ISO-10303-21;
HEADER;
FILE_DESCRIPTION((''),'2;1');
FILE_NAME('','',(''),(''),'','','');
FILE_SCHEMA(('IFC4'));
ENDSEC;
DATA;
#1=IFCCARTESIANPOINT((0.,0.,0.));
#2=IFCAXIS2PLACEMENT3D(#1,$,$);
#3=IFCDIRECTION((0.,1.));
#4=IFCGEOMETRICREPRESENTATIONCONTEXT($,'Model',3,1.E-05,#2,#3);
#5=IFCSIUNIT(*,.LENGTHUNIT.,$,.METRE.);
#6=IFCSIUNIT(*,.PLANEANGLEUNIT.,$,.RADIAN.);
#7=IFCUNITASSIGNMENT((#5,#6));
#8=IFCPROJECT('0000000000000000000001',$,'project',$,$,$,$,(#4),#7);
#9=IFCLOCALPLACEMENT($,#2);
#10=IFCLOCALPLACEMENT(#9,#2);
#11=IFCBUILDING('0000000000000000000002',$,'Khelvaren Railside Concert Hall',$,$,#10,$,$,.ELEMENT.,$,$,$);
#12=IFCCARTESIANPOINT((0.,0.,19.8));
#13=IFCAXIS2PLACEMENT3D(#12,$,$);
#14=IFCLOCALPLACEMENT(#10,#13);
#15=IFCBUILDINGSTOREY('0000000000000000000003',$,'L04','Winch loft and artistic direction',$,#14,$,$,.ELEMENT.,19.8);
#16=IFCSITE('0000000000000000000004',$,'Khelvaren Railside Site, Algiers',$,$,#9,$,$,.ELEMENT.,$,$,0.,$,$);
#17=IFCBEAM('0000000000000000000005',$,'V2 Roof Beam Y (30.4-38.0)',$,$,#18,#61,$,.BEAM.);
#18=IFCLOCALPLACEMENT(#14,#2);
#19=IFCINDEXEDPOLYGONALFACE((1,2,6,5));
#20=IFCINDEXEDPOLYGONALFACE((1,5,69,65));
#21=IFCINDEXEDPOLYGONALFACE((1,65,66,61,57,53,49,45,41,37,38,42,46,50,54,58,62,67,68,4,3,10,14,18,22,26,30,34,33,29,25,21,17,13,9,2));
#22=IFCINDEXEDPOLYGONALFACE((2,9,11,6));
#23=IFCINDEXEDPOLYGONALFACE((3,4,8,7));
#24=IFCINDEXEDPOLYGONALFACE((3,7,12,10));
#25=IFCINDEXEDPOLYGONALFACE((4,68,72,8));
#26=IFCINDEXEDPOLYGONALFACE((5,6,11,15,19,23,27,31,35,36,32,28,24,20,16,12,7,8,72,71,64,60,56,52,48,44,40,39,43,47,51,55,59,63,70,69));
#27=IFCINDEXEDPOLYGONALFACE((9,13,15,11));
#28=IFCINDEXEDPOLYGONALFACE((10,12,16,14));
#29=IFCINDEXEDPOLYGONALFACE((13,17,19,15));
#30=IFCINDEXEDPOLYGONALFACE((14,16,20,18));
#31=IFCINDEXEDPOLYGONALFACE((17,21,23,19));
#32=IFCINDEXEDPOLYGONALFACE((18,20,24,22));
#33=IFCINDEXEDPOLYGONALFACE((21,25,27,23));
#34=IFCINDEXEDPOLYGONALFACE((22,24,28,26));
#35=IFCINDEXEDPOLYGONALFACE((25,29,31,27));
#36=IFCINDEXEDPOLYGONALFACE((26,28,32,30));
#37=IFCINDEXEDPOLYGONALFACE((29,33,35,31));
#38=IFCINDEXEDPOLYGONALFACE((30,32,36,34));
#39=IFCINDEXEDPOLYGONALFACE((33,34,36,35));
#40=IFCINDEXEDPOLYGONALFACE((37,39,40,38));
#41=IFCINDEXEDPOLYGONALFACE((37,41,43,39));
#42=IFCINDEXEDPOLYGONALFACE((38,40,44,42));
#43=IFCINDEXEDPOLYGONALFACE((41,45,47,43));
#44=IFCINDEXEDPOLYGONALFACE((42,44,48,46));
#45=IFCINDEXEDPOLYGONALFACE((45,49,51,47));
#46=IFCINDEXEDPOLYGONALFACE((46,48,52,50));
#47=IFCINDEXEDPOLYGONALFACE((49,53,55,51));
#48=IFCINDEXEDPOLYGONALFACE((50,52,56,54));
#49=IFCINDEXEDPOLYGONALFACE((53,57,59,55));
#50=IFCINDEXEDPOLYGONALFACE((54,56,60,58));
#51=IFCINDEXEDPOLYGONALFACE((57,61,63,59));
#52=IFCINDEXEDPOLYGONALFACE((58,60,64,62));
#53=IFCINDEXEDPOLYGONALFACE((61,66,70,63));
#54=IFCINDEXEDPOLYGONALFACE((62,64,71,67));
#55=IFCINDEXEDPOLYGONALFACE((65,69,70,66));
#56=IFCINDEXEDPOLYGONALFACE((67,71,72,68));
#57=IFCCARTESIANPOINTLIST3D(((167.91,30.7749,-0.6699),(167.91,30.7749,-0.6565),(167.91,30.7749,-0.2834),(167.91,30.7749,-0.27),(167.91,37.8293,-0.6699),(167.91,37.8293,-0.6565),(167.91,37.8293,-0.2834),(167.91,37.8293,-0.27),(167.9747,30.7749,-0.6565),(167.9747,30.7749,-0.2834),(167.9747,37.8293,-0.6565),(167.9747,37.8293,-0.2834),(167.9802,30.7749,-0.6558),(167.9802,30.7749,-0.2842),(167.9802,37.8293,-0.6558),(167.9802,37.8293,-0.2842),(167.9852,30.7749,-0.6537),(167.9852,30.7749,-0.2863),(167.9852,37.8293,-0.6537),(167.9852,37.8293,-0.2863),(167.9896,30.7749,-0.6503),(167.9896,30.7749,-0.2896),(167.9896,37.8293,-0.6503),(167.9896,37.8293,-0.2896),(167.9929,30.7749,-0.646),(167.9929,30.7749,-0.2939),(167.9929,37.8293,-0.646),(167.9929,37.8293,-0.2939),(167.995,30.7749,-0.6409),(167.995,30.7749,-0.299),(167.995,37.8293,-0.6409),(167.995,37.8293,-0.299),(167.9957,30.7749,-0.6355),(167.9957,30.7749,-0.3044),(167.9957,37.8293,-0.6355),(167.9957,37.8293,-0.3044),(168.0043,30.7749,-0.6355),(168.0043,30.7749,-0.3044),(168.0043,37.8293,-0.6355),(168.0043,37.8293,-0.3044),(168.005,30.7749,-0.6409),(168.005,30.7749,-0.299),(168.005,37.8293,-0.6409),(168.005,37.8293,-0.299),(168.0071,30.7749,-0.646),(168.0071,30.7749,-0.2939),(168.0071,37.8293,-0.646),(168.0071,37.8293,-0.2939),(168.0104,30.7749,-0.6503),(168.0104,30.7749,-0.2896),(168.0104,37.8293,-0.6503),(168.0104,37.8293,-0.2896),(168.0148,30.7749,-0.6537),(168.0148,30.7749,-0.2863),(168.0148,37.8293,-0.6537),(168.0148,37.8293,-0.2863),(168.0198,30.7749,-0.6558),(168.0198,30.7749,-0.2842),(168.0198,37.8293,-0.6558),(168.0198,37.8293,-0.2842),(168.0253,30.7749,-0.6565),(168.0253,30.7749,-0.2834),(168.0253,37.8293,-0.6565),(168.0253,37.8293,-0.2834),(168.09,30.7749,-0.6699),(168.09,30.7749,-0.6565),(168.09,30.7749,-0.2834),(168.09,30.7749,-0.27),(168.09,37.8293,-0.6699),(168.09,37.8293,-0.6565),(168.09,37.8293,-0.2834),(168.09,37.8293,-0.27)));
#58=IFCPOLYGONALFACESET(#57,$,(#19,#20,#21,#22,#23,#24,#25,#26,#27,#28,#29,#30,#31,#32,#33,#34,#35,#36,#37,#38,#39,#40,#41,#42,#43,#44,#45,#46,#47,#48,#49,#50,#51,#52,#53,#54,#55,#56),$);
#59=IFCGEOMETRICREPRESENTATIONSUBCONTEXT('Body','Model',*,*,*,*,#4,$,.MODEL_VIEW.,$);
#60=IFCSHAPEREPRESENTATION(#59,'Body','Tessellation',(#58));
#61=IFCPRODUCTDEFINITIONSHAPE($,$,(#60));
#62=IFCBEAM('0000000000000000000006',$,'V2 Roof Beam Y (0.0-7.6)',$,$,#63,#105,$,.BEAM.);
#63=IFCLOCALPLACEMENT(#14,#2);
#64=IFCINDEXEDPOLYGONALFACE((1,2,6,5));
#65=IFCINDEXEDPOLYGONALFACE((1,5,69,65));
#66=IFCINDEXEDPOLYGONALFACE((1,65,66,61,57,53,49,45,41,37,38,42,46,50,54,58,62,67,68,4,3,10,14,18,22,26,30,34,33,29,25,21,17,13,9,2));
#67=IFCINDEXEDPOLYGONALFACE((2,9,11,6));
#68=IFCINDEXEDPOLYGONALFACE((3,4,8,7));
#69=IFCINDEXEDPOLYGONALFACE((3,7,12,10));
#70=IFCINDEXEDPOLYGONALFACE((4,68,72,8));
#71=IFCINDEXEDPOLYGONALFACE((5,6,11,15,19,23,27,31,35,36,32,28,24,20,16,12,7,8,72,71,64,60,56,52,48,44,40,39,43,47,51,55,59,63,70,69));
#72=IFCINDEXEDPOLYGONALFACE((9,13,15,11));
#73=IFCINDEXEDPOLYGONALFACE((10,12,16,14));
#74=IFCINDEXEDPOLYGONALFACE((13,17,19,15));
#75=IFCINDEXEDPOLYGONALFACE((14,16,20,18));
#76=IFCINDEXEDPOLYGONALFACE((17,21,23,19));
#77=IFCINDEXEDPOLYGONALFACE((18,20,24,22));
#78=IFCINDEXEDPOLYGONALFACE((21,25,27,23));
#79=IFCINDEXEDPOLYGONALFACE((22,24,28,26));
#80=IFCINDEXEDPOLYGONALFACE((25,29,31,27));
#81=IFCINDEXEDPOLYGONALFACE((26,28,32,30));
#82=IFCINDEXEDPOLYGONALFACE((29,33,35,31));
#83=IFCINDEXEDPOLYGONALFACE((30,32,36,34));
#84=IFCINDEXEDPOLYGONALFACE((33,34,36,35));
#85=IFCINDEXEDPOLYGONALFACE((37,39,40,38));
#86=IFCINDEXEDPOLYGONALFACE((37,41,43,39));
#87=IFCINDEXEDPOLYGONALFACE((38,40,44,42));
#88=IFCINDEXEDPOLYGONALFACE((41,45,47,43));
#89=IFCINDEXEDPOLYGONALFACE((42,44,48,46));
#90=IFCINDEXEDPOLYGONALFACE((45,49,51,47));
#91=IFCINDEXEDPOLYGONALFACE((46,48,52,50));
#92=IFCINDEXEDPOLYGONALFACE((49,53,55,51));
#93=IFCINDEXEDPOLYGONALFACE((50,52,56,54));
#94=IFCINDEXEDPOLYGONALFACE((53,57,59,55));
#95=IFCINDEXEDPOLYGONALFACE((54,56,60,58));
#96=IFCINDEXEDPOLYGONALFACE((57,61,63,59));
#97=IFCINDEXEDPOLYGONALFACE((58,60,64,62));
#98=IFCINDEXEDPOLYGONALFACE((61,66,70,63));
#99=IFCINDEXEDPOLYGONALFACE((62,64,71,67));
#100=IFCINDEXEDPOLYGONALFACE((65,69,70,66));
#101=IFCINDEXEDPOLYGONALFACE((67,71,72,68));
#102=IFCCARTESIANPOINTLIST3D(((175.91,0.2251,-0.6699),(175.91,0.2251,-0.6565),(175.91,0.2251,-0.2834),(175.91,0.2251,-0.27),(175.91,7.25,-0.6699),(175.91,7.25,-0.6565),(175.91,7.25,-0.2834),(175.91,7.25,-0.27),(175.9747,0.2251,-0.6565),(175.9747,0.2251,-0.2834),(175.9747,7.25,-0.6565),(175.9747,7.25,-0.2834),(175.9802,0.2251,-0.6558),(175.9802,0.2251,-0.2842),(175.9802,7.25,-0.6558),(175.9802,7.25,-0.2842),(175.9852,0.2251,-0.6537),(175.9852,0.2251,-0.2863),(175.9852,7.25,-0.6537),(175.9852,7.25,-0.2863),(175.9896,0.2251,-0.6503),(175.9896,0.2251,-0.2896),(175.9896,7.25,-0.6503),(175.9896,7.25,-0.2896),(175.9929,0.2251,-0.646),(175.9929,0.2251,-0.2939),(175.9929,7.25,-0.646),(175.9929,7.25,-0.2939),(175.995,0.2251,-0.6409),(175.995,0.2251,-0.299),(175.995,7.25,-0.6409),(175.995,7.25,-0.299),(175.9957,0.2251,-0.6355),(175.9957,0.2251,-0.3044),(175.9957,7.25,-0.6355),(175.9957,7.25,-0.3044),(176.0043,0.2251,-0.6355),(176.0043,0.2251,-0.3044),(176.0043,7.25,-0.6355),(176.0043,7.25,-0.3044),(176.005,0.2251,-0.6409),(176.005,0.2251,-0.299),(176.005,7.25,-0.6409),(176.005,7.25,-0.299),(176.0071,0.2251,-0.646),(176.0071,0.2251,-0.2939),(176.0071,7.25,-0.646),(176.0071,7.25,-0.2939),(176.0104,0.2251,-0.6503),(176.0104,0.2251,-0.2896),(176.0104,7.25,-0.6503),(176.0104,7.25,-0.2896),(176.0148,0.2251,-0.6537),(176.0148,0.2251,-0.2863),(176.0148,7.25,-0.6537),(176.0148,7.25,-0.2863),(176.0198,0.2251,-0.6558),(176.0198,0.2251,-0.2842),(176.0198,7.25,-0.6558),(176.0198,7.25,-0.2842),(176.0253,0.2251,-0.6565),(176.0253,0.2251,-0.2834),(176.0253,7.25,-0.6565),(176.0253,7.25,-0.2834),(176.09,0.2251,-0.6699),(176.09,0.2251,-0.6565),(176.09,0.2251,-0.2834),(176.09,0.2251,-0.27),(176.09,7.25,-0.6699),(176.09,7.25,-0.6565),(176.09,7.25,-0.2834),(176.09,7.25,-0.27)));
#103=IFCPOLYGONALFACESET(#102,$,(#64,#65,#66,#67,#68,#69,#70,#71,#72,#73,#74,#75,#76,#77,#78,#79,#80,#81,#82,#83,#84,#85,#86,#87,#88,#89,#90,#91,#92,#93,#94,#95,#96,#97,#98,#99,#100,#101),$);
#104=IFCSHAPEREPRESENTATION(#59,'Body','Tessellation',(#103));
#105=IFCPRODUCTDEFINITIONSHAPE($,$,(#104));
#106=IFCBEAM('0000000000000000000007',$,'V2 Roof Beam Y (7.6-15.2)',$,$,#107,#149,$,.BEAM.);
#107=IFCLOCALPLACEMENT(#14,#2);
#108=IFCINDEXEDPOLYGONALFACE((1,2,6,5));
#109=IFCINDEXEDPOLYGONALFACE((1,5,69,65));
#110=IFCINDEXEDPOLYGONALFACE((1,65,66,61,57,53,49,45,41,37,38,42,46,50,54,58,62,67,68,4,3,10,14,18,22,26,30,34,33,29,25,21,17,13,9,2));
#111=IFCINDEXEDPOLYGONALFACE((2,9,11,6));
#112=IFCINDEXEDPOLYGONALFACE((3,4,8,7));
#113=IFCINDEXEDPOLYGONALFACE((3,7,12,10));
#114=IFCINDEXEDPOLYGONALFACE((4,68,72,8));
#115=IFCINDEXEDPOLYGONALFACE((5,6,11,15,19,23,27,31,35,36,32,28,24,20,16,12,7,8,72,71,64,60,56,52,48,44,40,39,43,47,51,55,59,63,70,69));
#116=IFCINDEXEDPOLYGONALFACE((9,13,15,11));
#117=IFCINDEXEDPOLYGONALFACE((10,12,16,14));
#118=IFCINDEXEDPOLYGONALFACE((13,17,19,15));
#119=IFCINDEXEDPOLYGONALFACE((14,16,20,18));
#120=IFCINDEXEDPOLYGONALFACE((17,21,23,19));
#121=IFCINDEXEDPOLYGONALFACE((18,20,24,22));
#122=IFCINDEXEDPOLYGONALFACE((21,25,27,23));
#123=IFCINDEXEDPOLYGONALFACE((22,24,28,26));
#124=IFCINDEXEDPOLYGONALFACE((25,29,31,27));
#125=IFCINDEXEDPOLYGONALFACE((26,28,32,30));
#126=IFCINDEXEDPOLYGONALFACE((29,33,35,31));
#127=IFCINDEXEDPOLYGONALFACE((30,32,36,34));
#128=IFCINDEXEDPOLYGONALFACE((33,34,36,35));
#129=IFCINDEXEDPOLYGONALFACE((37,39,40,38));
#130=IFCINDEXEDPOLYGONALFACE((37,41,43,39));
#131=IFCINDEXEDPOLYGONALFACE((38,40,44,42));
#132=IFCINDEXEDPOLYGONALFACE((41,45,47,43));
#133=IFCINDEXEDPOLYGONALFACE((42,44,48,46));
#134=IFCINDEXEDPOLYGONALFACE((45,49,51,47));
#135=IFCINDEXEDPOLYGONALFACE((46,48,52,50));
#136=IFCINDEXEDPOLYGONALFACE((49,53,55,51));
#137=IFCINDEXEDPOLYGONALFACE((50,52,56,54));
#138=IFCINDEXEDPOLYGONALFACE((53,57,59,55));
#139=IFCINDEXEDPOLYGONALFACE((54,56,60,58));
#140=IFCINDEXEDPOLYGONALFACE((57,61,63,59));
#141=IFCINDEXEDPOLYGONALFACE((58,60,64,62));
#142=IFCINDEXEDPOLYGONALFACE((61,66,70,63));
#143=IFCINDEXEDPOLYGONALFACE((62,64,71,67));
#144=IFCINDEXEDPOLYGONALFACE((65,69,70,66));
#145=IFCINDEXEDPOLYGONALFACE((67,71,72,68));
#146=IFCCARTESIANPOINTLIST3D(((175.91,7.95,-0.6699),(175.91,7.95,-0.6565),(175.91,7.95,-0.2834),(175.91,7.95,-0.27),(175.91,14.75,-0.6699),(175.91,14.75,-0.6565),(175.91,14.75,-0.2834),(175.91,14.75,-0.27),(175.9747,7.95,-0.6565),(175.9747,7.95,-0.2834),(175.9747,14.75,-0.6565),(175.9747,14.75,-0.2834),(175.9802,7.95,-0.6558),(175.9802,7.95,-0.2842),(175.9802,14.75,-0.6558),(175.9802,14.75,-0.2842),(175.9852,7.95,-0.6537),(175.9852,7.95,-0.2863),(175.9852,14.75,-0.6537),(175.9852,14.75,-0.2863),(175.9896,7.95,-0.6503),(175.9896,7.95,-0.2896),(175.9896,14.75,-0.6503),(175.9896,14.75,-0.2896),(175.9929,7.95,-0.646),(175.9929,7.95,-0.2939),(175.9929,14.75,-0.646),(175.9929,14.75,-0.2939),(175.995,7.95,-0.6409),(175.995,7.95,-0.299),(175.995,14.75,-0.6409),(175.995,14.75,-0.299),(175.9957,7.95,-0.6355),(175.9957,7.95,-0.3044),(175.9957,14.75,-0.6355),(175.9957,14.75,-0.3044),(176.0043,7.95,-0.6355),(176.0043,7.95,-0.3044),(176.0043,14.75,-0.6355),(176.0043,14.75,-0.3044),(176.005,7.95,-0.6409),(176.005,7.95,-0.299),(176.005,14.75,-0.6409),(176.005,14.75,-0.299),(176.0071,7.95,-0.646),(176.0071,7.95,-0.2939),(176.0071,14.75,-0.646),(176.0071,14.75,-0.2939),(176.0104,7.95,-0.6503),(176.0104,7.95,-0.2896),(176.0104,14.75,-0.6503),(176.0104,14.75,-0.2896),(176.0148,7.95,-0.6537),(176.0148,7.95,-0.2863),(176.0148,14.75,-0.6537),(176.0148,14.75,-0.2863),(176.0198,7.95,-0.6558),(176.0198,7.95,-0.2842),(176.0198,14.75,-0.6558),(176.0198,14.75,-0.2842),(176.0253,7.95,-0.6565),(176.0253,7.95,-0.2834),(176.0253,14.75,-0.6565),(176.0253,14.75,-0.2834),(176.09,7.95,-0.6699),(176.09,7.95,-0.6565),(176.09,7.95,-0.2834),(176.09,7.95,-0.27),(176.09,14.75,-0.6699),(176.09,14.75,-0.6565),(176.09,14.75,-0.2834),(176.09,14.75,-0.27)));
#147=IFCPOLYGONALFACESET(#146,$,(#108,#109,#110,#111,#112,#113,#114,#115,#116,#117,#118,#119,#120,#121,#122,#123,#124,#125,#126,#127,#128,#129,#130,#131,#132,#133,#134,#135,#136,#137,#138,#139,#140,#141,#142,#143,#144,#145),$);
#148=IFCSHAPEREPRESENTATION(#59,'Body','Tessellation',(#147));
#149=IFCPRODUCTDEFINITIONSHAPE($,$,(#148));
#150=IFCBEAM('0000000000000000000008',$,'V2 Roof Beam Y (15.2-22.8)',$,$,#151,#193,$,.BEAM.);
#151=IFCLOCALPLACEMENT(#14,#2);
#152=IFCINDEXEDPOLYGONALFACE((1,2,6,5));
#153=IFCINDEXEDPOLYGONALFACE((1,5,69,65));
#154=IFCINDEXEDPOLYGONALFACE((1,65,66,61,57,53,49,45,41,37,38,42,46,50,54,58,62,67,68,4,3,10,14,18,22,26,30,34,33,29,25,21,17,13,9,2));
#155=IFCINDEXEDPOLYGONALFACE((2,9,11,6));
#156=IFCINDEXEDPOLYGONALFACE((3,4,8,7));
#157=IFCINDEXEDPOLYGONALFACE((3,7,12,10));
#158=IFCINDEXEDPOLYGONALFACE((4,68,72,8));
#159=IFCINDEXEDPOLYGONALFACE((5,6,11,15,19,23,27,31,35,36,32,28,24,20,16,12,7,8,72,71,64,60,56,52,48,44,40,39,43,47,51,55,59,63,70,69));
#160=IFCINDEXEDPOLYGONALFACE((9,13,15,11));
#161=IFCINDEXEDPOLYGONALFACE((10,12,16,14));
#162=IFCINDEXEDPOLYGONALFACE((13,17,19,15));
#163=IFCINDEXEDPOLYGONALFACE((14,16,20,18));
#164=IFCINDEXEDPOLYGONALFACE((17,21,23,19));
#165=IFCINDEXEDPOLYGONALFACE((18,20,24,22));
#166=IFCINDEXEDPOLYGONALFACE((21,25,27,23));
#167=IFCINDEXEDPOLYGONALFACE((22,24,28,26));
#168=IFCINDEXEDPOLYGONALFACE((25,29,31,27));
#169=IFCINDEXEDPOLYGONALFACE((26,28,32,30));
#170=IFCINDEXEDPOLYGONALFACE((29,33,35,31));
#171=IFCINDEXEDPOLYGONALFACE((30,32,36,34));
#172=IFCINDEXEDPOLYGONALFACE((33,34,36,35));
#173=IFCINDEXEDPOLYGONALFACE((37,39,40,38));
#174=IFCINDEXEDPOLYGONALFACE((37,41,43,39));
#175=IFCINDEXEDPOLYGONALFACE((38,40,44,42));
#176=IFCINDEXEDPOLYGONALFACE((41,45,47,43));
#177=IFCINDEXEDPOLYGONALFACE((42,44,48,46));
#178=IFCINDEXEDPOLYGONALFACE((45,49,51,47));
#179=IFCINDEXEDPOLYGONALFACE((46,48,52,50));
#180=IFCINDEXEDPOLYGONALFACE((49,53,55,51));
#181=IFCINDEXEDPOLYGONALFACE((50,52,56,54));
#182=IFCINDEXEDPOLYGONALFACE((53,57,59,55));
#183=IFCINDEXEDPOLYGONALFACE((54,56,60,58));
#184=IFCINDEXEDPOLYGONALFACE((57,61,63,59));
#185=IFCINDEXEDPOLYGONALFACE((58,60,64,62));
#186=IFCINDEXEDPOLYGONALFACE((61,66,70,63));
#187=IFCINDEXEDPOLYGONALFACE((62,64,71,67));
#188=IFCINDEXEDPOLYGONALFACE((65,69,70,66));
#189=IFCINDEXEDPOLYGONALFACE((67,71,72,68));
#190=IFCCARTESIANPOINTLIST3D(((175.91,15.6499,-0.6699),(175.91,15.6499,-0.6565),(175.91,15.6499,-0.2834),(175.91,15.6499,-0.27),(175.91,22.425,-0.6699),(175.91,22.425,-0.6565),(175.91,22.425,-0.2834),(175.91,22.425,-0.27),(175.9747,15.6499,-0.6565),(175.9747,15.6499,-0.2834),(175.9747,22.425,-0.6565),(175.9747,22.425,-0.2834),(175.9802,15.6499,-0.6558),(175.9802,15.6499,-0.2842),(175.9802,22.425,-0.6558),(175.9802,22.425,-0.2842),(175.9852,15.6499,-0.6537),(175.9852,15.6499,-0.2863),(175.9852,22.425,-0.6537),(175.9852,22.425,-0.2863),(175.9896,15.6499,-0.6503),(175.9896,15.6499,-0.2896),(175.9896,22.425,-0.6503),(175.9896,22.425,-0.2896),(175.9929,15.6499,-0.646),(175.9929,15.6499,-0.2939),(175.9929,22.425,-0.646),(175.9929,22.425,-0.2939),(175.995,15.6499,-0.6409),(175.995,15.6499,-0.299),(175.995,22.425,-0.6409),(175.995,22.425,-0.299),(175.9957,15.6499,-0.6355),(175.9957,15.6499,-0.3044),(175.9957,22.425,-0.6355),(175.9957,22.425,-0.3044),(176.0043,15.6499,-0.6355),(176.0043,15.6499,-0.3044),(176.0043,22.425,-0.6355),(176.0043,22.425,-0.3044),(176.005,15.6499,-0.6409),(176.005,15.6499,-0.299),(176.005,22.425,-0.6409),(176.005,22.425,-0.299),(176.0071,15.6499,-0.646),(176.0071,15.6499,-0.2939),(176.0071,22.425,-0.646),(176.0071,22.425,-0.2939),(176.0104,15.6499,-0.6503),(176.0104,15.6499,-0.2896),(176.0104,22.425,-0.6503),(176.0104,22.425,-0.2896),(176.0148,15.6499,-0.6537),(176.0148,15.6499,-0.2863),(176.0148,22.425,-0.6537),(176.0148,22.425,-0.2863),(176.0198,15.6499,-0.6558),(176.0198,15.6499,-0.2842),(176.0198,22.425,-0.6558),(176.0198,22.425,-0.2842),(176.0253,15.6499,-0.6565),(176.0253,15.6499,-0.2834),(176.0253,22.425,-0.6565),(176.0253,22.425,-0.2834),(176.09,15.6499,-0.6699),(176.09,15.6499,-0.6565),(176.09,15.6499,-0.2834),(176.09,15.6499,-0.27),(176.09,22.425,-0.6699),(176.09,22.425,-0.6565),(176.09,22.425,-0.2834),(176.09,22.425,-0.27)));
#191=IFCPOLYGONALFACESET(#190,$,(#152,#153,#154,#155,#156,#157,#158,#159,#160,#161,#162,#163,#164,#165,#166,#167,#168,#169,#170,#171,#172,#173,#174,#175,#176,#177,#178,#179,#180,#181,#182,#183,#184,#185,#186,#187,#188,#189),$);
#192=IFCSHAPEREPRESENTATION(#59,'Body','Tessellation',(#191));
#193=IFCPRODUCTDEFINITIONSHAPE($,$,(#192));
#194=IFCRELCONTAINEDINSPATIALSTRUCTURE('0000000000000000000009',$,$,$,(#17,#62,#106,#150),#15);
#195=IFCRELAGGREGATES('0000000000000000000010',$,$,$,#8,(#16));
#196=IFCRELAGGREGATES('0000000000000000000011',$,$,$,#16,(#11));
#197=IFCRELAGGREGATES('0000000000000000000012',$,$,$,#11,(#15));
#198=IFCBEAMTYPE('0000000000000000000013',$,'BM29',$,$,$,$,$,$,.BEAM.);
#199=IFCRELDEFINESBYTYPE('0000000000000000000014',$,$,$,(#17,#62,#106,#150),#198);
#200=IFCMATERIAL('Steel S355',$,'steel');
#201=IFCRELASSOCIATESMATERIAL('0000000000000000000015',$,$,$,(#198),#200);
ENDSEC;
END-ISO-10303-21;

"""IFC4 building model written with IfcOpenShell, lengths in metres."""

from ifc_helpers import new_model, si_unit, direction, frame, origin, origin_2d, place, context, subcontext, project, spatial, i_section, extrude, material, material_profile, profile_set, type_object, element, save


model = new_model("IFC4")

# Units and contexts
model_context = context("Model", 3, precision=1e-05, world=origin(), true_north=direction((0.0, 1.0)))
body_context = subcontext(model_context, "Body", "Model", "MODEL_VIEW")
ifc_project = project(units=[si_unit("LENGTHUNIT", "METRE"), si_unit("PLANEANGLEUNIT", "RADIAN")], contexts=[model_context])

# Site, building, storey
site_placement = place(None, origin())
site = spatial("IfcSite", under=ifc_project, at=site_placement, Name="Khelvaren Railside Site, Algiers", CompositionType="ELEMENT", RefElevation=0.0)
building_placement = place(site_placement, origin())
building = spatial("IfcBuilding", under=site, at=building_placement, Name="Khelvaren Railside Concert Hall", CompositionType="ELEMENT")
storey_placement = place(building_placement, frame((0.0, 0.0, 19.8)))
storey = spatial("IfcBuildingStorey", under=building, at=storey_placement, Name="L04", Description="Winch loft and artistic direction", CompositionType="ELEMENT", Elevation=19.8)

# Beams
ifc_material_1 = material(Name="Steel S355", Category="steel")
ifc_material_profile_1 = material_profile(ifc_material_1, i_section(OverallWidth=0.1799, OverallDepth=0.3999, WebThickness=0.0085, FlangeThickness=0.0134, FilletRadius=0.021, at=origin_2d()), Name="IPE 400")
ifc_profile_set_1 = profile_set([ifc_material_profile_1], Name="Steel S355")
beam_type_1 = type_object("IfcBeamType", Name="BM29", PredefinedType="BEAM", material=ifc_profile_set_1)
beam_1_placement = place(storey_placement, frame((168.0, 30.7749, -0.47), z_axis=(0.0, 1.0, 0.0), x_axis=(-1.0, 0.0, 0.0)))
element("IfcBeam", 1, at=beam_1_placement, inside=storey, type_object=beam_type_1, Name="V2 Roof Beam Y (30.4-38.0)", PredefinedType="BEAM", context=body_context, shape_type="SweptSolid", body=[
    extrude(i_section(OverallWidth=0.1799, OverallDepth=0.3999, WebThickness=0.0085, FlangeThickness=0.0134, FilletRadius=0.021, at=origin_2d()), origin(), (0.0, 0.0, 1.0), 7.0544),
])
beam_2_placement = place(storey_placement, frame((176.0, 0.2251, -0.47), z_axis=(0.0, 1.0, 0.0), x_axis=(-1.0, 0.0, 0.0)))
element("IfcBeam", 2, at=beam_2_placement, inside=storey, type_object=beam_type_1, Name="V2 Roof Beam Y (0.0-7.6)", PredefinedType="BEAM", context=body_context, shape_type="SweptSolid", body=[
    extrude(i_section(OverallWidth=0.1799, OverallDepth=0.3999, WebThickness=0.0085, FlangeThickness=0.0134, FilletRadius=0.021, at=origin_2d()), origin(), (0.0, 0.0, 1.0), 7.0249),
])
beam_3_placement = place(storey_placement, frame((176.0, 7.95, -0.47), z_axis=(0.0, 1.0, 0.0), x_axis=(-1.0, 0.0, 0.0)))
element("IfcBeam", 3, at=beam_3_placement, inside=storey, type_object=beam_type_1, Name="V2 Roof Beam Y (7.6-15.2)", PredefinedType="BEAM", context=body_context, shape_type="SweptSolid", body=[
    extrude(i_section(OverallWidth=0.1799, OverallDepth=0.3999, WebThickness=0.0085, FlangeThickness=0.0134, FilletRadius=0.021, at=origin_2d()), origin(), (0.0, 0.0, 1.0), 6.8),
])
beam_4_placement = place(storey_placement, frame((176.0, 15.6499, -0.47), z_axis=(0.0, 1.0, 0.0), x_axis=(-1.0, 0.0, 0.0)))
element("IfcBeam", 4, at=beam_4_placement, inside=storey, type_object=beam_type_1, Name="V2 Roof Beam Y (15.2-22.8)", PredefinedType="BEAM", context=body_context, shape_type="SweptSolid", body=[
    extrude(i_section(OverallWidth=0.1799, OverallDepth=0.3999, WebThickness=0.0085, FlangeThickness=0.0134, FilletRadius=0.021, at=origin_2d()), origin(), (0.0, 0.0, 1.0), 6.7751),
])

save(model, "model.ifc")
